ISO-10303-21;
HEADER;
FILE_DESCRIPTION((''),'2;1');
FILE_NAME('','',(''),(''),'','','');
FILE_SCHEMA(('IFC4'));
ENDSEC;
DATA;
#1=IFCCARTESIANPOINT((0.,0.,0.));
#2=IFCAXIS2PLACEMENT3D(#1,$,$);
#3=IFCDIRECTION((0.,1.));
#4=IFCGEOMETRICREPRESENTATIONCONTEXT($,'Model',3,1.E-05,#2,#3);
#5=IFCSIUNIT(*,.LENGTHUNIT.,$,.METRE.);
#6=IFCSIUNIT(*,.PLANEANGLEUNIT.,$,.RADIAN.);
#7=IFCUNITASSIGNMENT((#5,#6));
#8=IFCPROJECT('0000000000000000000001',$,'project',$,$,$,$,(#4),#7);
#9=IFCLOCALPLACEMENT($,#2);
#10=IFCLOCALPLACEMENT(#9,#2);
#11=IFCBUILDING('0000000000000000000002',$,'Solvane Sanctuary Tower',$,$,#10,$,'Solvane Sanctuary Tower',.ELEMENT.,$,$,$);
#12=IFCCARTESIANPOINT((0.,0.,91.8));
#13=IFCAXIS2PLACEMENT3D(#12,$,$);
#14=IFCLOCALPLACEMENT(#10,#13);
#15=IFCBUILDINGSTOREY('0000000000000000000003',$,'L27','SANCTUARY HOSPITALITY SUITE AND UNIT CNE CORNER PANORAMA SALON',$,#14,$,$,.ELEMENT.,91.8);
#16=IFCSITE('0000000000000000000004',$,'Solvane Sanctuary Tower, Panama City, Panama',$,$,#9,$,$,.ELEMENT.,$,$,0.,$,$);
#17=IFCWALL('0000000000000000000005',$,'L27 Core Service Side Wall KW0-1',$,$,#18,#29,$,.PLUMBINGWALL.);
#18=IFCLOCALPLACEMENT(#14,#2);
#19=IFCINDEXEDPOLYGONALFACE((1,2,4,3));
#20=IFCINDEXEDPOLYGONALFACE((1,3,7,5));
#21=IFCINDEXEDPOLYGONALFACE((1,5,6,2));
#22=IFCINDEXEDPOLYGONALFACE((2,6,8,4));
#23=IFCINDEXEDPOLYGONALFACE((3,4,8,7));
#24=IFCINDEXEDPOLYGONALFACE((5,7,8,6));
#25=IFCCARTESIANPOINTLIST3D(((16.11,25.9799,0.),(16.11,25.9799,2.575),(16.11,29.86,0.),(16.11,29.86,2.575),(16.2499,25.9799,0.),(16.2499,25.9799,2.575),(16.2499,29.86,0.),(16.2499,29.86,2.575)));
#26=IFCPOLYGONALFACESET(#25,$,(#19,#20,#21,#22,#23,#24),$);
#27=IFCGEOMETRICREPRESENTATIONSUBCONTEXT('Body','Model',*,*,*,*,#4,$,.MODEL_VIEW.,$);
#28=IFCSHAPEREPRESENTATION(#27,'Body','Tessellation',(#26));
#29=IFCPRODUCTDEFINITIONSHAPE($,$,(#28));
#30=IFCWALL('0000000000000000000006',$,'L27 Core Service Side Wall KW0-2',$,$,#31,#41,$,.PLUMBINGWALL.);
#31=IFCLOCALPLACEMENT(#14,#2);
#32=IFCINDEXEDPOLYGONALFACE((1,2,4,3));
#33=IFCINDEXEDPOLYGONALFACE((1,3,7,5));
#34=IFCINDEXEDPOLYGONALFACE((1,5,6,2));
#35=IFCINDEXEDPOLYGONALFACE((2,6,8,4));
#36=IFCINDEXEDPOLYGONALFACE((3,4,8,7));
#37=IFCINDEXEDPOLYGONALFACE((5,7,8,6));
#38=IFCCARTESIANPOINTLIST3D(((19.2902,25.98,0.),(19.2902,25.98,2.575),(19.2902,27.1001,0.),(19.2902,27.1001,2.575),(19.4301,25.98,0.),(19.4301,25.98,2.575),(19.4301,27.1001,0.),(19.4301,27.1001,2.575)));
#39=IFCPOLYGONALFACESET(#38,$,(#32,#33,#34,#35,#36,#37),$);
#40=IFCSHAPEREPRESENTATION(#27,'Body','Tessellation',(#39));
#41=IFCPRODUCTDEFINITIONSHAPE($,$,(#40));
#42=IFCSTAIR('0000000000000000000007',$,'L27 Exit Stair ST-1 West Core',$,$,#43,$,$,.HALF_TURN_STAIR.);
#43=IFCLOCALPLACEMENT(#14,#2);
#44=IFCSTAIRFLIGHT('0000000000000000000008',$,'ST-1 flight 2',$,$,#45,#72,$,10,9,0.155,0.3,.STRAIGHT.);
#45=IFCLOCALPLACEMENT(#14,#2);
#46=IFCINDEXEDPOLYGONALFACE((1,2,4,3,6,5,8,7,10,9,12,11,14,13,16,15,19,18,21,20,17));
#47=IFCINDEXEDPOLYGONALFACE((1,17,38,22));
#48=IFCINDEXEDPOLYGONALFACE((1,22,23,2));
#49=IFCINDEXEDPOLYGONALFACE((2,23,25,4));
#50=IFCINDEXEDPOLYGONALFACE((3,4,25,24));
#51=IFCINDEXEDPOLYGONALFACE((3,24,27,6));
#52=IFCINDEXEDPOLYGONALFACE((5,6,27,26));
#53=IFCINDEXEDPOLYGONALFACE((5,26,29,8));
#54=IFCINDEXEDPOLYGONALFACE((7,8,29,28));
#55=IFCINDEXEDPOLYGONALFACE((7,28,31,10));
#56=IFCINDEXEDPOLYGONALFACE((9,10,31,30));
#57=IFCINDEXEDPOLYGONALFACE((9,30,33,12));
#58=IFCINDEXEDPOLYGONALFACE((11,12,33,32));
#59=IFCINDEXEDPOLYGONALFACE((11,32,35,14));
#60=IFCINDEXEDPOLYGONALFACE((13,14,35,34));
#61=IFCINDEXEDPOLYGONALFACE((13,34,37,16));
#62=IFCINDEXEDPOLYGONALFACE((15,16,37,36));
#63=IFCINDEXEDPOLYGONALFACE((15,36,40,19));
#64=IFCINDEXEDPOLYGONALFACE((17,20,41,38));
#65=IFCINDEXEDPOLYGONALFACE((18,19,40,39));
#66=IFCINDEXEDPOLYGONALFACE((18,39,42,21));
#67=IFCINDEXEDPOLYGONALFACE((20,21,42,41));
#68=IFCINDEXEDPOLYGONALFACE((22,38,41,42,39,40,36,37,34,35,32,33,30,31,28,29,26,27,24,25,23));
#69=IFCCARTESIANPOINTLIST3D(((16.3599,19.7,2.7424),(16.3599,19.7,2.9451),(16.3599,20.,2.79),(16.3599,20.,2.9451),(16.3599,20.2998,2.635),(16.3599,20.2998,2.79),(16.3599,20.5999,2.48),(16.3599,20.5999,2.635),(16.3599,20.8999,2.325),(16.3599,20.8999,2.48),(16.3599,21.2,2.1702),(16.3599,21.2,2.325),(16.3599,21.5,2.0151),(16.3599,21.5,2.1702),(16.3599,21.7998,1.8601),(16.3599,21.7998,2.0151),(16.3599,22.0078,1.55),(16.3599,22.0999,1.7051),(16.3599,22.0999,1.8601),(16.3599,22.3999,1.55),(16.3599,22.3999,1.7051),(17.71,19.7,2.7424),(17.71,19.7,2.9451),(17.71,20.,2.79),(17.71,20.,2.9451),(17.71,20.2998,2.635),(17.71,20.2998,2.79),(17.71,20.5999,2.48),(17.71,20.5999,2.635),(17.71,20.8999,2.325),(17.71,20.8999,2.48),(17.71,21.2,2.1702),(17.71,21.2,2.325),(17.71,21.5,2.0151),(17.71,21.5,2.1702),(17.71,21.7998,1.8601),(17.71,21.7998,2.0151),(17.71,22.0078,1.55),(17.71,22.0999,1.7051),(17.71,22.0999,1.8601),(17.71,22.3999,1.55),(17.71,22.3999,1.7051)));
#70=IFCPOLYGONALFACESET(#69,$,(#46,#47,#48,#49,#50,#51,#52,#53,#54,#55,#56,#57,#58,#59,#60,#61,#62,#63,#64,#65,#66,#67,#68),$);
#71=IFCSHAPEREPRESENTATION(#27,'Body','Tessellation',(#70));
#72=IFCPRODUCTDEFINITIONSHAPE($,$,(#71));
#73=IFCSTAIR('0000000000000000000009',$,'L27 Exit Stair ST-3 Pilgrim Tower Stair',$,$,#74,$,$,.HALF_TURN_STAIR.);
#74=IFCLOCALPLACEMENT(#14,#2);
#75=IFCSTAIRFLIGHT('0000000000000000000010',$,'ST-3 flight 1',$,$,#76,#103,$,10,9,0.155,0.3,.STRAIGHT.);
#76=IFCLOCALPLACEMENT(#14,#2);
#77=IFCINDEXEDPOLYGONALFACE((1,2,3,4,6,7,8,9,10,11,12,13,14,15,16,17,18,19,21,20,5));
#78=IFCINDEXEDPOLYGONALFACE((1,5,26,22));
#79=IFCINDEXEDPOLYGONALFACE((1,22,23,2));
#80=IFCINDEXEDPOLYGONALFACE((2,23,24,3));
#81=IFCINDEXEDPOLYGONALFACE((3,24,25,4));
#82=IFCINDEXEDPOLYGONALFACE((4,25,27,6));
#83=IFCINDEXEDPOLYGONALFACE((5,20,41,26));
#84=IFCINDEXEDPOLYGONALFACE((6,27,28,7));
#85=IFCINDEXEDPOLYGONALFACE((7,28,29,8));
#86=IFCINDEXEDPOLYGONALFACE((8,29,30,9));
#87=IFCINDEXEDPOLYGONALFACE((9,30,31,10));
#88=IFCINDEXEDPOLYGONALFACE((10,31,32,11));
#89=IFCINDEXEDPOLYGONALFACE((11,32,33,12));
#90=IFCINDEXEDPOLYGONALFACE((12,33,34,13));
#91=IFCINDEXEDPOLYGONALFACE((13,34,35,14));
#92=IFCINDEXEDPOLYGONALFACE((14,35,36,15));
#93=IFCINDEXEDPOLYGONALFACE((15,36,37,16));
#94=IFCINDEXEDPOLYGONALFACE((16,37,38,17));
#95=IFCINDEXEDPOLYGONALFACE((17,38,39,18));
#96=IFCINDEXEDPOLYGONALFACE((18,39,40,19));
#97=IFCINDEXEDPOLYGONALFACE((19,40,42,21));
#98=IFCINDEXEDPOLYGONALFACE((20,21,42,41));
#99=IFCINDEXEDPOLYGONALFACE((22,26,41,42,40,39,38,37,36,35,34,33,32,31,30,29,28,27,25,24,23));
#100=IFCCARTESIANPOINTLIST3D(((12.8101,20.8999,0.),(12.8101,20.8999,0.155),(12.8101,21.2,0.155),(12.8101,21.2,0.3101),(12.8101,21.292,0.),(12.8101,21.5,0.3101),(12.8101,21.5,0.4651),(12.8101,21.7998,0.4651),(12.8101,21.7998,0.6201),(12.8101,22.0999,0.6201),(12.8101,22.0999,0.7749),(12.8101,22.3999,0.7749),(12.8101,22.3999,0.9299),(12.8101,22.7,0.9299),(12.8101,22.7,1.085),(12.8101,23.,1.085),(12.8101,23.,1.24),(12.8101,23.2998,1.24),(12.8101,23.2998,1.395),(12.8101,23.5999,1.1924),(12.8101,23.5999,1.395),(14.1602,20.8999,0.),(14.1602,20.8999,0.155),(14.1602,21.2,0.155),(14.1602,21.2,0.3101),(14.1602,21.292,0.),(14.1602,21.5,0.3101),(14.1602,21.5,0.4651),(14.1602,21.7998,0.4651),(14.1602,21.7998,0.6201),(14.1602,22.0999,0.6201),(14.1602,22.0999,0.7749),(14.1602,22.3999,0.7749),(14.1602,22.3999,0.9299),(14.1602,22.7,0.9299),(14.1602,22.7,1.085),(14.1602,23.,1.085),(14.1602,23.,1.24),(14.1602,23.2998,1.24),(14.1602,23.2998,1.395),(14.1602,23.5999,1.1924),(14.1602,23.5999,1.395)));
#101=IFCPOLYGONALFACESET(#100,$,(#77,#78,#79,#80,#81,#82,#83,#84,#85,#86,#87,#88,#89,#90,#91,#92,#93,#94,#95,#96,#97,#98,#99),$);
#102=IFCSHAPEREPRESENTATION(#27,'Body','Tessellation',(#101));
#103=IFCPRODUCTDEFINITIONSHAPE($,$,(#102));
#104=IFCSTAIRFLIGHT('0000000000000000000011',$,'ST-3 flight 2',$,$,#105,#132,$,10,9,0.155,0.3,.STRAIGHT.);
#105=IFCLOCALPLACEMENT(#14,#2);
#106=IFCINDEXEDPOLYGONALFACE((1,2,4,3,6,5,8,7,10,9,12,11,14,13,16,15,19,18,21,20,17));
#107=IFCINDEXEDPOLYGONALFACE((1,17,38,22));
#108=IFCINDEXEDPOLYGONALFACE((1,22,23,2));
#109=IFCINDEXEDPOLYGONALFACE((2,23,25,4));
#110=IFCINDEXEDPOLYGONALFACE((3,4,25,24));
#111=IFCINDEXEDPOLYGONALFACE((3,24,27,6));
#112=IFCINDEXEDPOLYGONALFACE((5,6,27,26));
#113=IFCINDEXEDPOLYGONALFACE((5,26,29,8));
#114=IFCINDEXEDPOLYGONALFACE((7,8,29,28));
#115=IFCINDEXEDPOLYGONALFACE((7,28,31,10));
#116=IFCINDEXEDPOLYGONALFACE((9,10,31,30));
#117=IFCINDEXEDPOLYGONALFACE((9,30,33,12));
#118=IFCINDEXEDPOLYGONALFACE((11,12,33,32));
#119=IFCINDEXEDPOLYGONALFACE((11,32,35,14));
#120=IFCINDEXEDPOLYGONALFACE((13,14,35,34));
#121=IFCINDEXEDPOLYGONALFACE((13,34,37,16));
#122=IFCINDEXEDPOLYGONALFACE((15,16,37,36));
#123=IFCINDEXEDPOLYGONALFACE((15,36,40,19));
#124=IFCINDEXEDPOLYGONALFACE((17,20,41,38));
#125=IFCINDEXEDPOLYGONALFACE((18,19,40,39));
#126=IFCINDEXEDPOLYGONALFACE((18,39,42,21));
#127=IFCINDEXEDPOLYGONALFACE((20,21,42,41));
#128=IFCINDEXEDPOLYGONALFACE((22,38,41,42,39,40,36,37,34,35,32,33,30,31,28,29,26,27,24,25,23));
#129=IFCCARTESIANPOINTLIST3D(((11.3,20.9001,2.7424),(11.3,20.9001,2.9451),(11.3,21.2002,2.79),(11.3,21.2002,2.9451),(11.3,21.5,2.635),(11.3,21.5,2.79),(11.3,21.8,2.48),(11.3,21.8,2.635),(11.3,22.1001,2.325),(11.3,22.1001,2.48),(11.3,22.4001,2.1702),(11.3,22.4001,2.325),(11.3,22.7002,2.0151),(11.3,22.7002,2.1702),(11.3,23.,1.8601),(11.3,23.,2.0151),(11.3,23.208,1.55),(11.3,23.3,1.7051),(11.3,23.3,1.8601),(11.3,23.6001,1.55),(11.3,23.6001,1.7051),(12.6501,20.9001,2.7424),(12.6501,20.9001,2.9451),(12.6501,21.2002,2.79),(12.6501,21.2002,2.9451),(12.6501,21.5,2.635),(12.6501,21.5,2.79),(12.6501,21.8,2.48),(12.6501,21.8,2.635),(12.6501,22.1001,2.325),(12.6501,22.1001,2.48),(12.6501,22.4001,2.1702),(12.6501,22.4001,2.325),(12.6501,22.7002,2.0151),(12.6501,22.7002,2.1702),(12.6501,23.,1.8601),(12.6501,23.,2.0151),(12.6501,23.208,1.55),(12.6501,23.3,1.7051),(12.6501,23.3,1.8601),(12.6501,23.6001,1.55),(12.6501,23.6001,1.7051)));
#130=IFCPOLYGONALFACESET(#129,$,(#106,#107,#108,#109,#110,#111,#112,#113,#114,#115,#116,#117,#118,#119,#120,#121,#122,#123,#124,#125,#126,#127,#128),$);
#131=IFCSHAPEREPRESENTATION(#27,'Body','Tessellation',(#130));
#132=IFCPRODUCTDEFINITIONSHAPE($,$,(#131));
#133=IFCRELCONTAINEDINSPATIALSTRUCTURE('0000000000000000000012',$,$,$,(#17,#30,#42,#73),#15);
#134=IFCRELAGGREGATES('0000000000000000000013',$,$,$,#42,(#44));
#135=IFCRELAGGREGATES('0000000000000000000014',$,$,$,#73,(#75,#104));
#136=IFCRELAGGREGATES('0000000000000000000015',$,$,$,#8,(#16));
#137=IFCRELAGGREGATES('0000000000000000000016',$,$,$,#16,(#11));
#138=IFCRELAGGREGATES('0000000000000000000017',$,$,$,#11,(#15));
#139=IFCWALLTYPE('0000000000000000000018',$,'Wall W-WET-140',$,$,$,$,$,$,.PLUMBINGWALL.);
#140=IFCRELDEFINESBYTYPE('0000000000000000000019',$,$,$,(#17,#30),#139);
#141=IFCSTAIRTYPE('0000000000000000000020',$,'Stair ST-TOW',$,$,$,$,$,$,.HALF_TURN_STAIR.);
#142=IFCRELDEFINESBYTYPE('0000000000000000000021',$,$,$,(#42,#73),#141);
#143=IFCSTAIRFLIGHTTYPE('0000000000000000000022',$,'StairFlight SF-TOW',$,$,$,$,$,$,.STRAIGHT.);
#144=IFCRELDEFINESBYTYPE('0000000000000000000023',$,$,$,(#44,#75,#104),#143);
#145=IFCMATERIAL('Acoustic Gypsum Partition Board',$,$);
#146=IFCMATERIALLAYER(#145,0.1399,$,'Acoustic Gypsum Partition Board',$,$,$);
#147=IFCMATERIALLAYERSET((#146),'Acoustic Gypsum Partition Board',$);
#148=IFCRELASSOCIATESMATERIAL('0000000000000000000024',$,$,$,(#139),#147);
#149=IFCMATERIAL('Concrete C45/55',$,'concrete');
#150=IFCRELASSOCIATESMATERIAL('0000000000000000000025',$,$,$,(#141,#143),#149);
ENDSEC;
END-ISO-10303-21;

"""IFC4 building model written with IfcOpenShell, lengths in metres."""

from ifc_helpers import new_model, si_unit, direction, frame, frame_2d, origin, place, context, subcontext, project, spatial, polyline, rectangle, outline, extrude, material, layer, layer_set, type_object, element, aggregate, save


model = new_model("IFC4")

# Units and contexts
model_context = context("Model", 3, precision=1e-05, world=origin(), true_north=direction((0.0, 1.0)))
body_context = subcontext(model_context, "Body", "Model", "MODEL_VIEW")
ifc_project = project(units=[si_unit("LENGTHUNIT", "METRE"), si_unit("PLANEANGLEUNIT", "RADIAN")], contexts=[model_context])

# Site, building, storey
site_placement = place(None, origin())
site = spatial("IfcSite", under=ifc_project, at=site_placement, Name="Solvane Sanctuary Tower, Panama City, Panama", CompositionType="ELEMENT", RefElevation=0.0)
building_placement = place(site_placement, origin())
building = spatial("IfcBuilding", under=site, at=building_placement, Name="Solvane Sanctuary Tower", LongName="Solvane Sanctuary Tower", CompositionType="ELEMENT")
storey_placement = place(building_placement, frame((0.0, 0.0, 91.8)))
storey = spatial("IfcBuildingStorey", under=building, at=storey_placement, Name="L27", Description="SANCTUARY HOSPITALITY SUITE AND UNIT CNE CORNER PANORAMA SALON", CompositionType="ELEMENT", Elevation=91.8)

# Shared definitions
ifc_material_1 = material(Name="Acoustic Gypsum Partition Board")

# Walls
ifc_layer_1 = layer(ifc_material_1, 0.1399, Name="Acoustic Gypsum Partition Board")
ifc_layer_set_1 = layer_set([ifc_layer_1], Name="Acoustic Gypsum Partition Board")
wall_type_1 = type_object("IfcWallType", Name="Wall W-WET-140", PredefinedType="PLUMBINGWALL", material=ifc_layer_set_1)
wall_1_placement = place(storey_placement, frame((16.1799, 25.98, 0.0), z_axis=(0.0, 0.0, 1.0), x_axis=(0.0, 1.0, 0.0)))
element("IfcWall", 1, at=wall_1_placement, inside=storey, type_object=wall_type_1, Name="L27 Core Service Side Wall KW0-1", PredefinedType="PLUMBINGWALL", context=body_context, shape_type="SweptSolid", body=[
    extrude(rectangle(XDim=3.8801, YDim=0.1399, at=frame_2d((1.9399, 0.0))), origin(), (0.0, 0.0, 1.0), 2.575),
])
wall_2_placement = place(storey_placement, frame((19.3601, 25.98, 0.0), z_axis=(0.0, 0.0, 1.0), x_axis=(0.0, 1.0, 0.0)))
element("IfcWall", 2, at=wall_2_placement, inside=storey, type_object=wall_type_1, Name="L27 Core Service Side Wall KW0-2", PredefinedType="PLUMBINGWALL", context=body_context, shape_type="SweptSolid", body=[
    extrude(rectangle(XDim=1.1201, YDim=0.1399, at=frame_2d((0.5601, 0.0))), origin(), (0.0, 0.0, 1.0), 2.575),
])

# Stair, stair flight
ifc_material_2 = material(Name="Concrete C45/55", Category="concrete")
stair_type = type_object("IfcStairType", Name="Stair ST-TOW", PredefinedType="HALF_TURN_STAIR", material=ifc_material_2)
stair_1_placement = place(storey_placement, origin())
stair_1 = element("IfcStair", 3, at=stair_1_placement, inside=storey, type_object=stair_type, Name="L27 Exit Stair ST-1 West Core", PredefinedType="HALF_TURN_STAIR")
stair_flight_type = type_object("IfcStairFlightType", Name="StairFlight SF-TOW", PredefinedType="STRAIGHT", material=ifc_material_2)
stair_flight_1_placement = place(storey_placement, frame((17.0349, 22.3999, 1.55), z_axis=(0.0, 0.0, 1.0), x_axis=(0.0, -1.0, 0.0)))
stair_flight_1 = element("IfcStairFlight", 4, at=stair_flight_1_placement, type_object=stair_flight_type, Name="ST-1 flight 2", NumberOfRisers=10, NumberOfTreads=9, PredefinedType="STRAIGHT", RiserHeight=0.155, TreadLength=0.3, context=body_context, shape_type="SweptSolid", body=[
    extrude(outline(polyline([(0.0, 0.0), (0.0, 0.155), (0.3, 0.155), (0.3, 0.3101), (0.6001, 0.3101), (0.6001, 0.4651), (0.8999, 0.4651), (0.8999, 0.6201), (1.2, 0.6201), (1.2, 0.7749), (1.5, 0.7749), (1.5, 0.9299), (1.8, 0.9299), (1.8, 1.085), (2.1001, 1.085), (2.1001, 1.24), (2.3999, 1.24), (2.3999, 1.395), (2.7, 1.395), (2.7, 1.55), (2.7, 1.1924), (0.3921, 0.0), (0.0, 0.0)])), frame((0.0, 0.675, 0.0), z_axis=(0.0, -1.0, 0.0), x_axis=(1.0, 0.0, 0.0)), (0.0, 0.0, 1.0), 1.3501),
])
aggregate(stair_1, [stair_flight_1])

# Stair, stair flights
stair_2_placement = place(storey_placement, origin())
stair_2 = element("IfcStair", 5, at=stair_2_placement, inside=storey, type_object=stair_type, Name="L27 Exit Stair ST-3 Pilgrim Tower Stair", PredefinedType="HALF_TURN_STAIR")
stair_flight_2_placement = place(storey_placement, frame((13.4851, 20.8999, 0.0), z_axis=(0.0, 0.0, 1.0), x_axis=(0.0, 1.0, 0.0)))
stair_flight_2 = element("IfcStairFlight", 6, at=stair_flight_2_placement, type_object=stair_flight_type, Name="ST-3 flight 1", NumberOfRisers=10, NumberOfTreads=9, PredefinedType="STRAIGHT", RiserHeight=0.155, TreadLength=0.3, context=body_context, shape_type="SweptSolid", body=[
    extrude(outline(polyline([(0.0, 0.0), (0.0, 0.155), (0.3, 0.155), (0.3, 0.3101), (0.6001, 0.3101), (0.6001, 0.4651), (0.8999, 0.4651), (0.8999, 0.6201), (1.2, 0.6201), (1.2, 0.7749), (1.5, 0.7749), (1.5, 0.9299), (1.8, 0.9299), (1.8, 1.085), (2.1001, 1.085), (2.1001, 1.24), (2.3999, 1.24), (2.3999, 1.395), (2.7, 1.395), (2.7, 1.55), (2.7, 1.1924), (0.3921, 0.0), (0.0, 0.0)])), frame((0.0, 0.675, 0.0), z_axis=(0.0, -1.0, 0.0), x_axis=(1.0, 0.0, 0.0)), (0.0, 0.0, 1.0), 1.3501),
])
stair_flight_3_placement = place(storey_placement, frame((11.9751, 23.6001, 1.55), z_axis=(0.0, 0.0, 1.0), x_axis=(0.0, -1.0, 0.0)))
stair_flight_3 = element("IfcStairFlight", 7, at=stair_flight_3_placement, type_object=stair_flight_type, Name="ST-3 flight 2", NumberOfRisers=10, NumberOfTreads=9, PredefinedType="STRAIGHT", RiserHeight=0.155, TreadLength=0.3, context=body_context, shape_type="SweptSolid", body=[
    extrude(outline(polyline([(0.0, 0.0), (0.0, 0.155), (0.3, 0.155), (0.3, 0.3101), (0.6001, 0.3101), (0.6001, 0.4651), (0.8999, 0.4651), (0.8999, 0.6201), (1.2, 0.6201), (1.2, 0.7749), (1.5, 0.7749), (1.5, 0.9299), (1.8, 0.9299), (1.8, 1.085), (2.1001, 1.085), (2.1001, 1.24), (2.3999, 1.24), (2.3999, 1.395), (2.7, 1.395), (2.7, 1.55), (2.7, 1.1924), (0.3921, 0.0), (0.0, 0.0)])), frame((0.0, 0.675, 0.0), z_axis=(0.0, -1.0, 0.0), x_axis=(1.0, 0.0, 0.0)), (0.0, 0.0, 1.0), 1.3501),
])
aggregate(stair_2, [stair_flight_2, stair_flight_3])

save(model, "model.ifc")
